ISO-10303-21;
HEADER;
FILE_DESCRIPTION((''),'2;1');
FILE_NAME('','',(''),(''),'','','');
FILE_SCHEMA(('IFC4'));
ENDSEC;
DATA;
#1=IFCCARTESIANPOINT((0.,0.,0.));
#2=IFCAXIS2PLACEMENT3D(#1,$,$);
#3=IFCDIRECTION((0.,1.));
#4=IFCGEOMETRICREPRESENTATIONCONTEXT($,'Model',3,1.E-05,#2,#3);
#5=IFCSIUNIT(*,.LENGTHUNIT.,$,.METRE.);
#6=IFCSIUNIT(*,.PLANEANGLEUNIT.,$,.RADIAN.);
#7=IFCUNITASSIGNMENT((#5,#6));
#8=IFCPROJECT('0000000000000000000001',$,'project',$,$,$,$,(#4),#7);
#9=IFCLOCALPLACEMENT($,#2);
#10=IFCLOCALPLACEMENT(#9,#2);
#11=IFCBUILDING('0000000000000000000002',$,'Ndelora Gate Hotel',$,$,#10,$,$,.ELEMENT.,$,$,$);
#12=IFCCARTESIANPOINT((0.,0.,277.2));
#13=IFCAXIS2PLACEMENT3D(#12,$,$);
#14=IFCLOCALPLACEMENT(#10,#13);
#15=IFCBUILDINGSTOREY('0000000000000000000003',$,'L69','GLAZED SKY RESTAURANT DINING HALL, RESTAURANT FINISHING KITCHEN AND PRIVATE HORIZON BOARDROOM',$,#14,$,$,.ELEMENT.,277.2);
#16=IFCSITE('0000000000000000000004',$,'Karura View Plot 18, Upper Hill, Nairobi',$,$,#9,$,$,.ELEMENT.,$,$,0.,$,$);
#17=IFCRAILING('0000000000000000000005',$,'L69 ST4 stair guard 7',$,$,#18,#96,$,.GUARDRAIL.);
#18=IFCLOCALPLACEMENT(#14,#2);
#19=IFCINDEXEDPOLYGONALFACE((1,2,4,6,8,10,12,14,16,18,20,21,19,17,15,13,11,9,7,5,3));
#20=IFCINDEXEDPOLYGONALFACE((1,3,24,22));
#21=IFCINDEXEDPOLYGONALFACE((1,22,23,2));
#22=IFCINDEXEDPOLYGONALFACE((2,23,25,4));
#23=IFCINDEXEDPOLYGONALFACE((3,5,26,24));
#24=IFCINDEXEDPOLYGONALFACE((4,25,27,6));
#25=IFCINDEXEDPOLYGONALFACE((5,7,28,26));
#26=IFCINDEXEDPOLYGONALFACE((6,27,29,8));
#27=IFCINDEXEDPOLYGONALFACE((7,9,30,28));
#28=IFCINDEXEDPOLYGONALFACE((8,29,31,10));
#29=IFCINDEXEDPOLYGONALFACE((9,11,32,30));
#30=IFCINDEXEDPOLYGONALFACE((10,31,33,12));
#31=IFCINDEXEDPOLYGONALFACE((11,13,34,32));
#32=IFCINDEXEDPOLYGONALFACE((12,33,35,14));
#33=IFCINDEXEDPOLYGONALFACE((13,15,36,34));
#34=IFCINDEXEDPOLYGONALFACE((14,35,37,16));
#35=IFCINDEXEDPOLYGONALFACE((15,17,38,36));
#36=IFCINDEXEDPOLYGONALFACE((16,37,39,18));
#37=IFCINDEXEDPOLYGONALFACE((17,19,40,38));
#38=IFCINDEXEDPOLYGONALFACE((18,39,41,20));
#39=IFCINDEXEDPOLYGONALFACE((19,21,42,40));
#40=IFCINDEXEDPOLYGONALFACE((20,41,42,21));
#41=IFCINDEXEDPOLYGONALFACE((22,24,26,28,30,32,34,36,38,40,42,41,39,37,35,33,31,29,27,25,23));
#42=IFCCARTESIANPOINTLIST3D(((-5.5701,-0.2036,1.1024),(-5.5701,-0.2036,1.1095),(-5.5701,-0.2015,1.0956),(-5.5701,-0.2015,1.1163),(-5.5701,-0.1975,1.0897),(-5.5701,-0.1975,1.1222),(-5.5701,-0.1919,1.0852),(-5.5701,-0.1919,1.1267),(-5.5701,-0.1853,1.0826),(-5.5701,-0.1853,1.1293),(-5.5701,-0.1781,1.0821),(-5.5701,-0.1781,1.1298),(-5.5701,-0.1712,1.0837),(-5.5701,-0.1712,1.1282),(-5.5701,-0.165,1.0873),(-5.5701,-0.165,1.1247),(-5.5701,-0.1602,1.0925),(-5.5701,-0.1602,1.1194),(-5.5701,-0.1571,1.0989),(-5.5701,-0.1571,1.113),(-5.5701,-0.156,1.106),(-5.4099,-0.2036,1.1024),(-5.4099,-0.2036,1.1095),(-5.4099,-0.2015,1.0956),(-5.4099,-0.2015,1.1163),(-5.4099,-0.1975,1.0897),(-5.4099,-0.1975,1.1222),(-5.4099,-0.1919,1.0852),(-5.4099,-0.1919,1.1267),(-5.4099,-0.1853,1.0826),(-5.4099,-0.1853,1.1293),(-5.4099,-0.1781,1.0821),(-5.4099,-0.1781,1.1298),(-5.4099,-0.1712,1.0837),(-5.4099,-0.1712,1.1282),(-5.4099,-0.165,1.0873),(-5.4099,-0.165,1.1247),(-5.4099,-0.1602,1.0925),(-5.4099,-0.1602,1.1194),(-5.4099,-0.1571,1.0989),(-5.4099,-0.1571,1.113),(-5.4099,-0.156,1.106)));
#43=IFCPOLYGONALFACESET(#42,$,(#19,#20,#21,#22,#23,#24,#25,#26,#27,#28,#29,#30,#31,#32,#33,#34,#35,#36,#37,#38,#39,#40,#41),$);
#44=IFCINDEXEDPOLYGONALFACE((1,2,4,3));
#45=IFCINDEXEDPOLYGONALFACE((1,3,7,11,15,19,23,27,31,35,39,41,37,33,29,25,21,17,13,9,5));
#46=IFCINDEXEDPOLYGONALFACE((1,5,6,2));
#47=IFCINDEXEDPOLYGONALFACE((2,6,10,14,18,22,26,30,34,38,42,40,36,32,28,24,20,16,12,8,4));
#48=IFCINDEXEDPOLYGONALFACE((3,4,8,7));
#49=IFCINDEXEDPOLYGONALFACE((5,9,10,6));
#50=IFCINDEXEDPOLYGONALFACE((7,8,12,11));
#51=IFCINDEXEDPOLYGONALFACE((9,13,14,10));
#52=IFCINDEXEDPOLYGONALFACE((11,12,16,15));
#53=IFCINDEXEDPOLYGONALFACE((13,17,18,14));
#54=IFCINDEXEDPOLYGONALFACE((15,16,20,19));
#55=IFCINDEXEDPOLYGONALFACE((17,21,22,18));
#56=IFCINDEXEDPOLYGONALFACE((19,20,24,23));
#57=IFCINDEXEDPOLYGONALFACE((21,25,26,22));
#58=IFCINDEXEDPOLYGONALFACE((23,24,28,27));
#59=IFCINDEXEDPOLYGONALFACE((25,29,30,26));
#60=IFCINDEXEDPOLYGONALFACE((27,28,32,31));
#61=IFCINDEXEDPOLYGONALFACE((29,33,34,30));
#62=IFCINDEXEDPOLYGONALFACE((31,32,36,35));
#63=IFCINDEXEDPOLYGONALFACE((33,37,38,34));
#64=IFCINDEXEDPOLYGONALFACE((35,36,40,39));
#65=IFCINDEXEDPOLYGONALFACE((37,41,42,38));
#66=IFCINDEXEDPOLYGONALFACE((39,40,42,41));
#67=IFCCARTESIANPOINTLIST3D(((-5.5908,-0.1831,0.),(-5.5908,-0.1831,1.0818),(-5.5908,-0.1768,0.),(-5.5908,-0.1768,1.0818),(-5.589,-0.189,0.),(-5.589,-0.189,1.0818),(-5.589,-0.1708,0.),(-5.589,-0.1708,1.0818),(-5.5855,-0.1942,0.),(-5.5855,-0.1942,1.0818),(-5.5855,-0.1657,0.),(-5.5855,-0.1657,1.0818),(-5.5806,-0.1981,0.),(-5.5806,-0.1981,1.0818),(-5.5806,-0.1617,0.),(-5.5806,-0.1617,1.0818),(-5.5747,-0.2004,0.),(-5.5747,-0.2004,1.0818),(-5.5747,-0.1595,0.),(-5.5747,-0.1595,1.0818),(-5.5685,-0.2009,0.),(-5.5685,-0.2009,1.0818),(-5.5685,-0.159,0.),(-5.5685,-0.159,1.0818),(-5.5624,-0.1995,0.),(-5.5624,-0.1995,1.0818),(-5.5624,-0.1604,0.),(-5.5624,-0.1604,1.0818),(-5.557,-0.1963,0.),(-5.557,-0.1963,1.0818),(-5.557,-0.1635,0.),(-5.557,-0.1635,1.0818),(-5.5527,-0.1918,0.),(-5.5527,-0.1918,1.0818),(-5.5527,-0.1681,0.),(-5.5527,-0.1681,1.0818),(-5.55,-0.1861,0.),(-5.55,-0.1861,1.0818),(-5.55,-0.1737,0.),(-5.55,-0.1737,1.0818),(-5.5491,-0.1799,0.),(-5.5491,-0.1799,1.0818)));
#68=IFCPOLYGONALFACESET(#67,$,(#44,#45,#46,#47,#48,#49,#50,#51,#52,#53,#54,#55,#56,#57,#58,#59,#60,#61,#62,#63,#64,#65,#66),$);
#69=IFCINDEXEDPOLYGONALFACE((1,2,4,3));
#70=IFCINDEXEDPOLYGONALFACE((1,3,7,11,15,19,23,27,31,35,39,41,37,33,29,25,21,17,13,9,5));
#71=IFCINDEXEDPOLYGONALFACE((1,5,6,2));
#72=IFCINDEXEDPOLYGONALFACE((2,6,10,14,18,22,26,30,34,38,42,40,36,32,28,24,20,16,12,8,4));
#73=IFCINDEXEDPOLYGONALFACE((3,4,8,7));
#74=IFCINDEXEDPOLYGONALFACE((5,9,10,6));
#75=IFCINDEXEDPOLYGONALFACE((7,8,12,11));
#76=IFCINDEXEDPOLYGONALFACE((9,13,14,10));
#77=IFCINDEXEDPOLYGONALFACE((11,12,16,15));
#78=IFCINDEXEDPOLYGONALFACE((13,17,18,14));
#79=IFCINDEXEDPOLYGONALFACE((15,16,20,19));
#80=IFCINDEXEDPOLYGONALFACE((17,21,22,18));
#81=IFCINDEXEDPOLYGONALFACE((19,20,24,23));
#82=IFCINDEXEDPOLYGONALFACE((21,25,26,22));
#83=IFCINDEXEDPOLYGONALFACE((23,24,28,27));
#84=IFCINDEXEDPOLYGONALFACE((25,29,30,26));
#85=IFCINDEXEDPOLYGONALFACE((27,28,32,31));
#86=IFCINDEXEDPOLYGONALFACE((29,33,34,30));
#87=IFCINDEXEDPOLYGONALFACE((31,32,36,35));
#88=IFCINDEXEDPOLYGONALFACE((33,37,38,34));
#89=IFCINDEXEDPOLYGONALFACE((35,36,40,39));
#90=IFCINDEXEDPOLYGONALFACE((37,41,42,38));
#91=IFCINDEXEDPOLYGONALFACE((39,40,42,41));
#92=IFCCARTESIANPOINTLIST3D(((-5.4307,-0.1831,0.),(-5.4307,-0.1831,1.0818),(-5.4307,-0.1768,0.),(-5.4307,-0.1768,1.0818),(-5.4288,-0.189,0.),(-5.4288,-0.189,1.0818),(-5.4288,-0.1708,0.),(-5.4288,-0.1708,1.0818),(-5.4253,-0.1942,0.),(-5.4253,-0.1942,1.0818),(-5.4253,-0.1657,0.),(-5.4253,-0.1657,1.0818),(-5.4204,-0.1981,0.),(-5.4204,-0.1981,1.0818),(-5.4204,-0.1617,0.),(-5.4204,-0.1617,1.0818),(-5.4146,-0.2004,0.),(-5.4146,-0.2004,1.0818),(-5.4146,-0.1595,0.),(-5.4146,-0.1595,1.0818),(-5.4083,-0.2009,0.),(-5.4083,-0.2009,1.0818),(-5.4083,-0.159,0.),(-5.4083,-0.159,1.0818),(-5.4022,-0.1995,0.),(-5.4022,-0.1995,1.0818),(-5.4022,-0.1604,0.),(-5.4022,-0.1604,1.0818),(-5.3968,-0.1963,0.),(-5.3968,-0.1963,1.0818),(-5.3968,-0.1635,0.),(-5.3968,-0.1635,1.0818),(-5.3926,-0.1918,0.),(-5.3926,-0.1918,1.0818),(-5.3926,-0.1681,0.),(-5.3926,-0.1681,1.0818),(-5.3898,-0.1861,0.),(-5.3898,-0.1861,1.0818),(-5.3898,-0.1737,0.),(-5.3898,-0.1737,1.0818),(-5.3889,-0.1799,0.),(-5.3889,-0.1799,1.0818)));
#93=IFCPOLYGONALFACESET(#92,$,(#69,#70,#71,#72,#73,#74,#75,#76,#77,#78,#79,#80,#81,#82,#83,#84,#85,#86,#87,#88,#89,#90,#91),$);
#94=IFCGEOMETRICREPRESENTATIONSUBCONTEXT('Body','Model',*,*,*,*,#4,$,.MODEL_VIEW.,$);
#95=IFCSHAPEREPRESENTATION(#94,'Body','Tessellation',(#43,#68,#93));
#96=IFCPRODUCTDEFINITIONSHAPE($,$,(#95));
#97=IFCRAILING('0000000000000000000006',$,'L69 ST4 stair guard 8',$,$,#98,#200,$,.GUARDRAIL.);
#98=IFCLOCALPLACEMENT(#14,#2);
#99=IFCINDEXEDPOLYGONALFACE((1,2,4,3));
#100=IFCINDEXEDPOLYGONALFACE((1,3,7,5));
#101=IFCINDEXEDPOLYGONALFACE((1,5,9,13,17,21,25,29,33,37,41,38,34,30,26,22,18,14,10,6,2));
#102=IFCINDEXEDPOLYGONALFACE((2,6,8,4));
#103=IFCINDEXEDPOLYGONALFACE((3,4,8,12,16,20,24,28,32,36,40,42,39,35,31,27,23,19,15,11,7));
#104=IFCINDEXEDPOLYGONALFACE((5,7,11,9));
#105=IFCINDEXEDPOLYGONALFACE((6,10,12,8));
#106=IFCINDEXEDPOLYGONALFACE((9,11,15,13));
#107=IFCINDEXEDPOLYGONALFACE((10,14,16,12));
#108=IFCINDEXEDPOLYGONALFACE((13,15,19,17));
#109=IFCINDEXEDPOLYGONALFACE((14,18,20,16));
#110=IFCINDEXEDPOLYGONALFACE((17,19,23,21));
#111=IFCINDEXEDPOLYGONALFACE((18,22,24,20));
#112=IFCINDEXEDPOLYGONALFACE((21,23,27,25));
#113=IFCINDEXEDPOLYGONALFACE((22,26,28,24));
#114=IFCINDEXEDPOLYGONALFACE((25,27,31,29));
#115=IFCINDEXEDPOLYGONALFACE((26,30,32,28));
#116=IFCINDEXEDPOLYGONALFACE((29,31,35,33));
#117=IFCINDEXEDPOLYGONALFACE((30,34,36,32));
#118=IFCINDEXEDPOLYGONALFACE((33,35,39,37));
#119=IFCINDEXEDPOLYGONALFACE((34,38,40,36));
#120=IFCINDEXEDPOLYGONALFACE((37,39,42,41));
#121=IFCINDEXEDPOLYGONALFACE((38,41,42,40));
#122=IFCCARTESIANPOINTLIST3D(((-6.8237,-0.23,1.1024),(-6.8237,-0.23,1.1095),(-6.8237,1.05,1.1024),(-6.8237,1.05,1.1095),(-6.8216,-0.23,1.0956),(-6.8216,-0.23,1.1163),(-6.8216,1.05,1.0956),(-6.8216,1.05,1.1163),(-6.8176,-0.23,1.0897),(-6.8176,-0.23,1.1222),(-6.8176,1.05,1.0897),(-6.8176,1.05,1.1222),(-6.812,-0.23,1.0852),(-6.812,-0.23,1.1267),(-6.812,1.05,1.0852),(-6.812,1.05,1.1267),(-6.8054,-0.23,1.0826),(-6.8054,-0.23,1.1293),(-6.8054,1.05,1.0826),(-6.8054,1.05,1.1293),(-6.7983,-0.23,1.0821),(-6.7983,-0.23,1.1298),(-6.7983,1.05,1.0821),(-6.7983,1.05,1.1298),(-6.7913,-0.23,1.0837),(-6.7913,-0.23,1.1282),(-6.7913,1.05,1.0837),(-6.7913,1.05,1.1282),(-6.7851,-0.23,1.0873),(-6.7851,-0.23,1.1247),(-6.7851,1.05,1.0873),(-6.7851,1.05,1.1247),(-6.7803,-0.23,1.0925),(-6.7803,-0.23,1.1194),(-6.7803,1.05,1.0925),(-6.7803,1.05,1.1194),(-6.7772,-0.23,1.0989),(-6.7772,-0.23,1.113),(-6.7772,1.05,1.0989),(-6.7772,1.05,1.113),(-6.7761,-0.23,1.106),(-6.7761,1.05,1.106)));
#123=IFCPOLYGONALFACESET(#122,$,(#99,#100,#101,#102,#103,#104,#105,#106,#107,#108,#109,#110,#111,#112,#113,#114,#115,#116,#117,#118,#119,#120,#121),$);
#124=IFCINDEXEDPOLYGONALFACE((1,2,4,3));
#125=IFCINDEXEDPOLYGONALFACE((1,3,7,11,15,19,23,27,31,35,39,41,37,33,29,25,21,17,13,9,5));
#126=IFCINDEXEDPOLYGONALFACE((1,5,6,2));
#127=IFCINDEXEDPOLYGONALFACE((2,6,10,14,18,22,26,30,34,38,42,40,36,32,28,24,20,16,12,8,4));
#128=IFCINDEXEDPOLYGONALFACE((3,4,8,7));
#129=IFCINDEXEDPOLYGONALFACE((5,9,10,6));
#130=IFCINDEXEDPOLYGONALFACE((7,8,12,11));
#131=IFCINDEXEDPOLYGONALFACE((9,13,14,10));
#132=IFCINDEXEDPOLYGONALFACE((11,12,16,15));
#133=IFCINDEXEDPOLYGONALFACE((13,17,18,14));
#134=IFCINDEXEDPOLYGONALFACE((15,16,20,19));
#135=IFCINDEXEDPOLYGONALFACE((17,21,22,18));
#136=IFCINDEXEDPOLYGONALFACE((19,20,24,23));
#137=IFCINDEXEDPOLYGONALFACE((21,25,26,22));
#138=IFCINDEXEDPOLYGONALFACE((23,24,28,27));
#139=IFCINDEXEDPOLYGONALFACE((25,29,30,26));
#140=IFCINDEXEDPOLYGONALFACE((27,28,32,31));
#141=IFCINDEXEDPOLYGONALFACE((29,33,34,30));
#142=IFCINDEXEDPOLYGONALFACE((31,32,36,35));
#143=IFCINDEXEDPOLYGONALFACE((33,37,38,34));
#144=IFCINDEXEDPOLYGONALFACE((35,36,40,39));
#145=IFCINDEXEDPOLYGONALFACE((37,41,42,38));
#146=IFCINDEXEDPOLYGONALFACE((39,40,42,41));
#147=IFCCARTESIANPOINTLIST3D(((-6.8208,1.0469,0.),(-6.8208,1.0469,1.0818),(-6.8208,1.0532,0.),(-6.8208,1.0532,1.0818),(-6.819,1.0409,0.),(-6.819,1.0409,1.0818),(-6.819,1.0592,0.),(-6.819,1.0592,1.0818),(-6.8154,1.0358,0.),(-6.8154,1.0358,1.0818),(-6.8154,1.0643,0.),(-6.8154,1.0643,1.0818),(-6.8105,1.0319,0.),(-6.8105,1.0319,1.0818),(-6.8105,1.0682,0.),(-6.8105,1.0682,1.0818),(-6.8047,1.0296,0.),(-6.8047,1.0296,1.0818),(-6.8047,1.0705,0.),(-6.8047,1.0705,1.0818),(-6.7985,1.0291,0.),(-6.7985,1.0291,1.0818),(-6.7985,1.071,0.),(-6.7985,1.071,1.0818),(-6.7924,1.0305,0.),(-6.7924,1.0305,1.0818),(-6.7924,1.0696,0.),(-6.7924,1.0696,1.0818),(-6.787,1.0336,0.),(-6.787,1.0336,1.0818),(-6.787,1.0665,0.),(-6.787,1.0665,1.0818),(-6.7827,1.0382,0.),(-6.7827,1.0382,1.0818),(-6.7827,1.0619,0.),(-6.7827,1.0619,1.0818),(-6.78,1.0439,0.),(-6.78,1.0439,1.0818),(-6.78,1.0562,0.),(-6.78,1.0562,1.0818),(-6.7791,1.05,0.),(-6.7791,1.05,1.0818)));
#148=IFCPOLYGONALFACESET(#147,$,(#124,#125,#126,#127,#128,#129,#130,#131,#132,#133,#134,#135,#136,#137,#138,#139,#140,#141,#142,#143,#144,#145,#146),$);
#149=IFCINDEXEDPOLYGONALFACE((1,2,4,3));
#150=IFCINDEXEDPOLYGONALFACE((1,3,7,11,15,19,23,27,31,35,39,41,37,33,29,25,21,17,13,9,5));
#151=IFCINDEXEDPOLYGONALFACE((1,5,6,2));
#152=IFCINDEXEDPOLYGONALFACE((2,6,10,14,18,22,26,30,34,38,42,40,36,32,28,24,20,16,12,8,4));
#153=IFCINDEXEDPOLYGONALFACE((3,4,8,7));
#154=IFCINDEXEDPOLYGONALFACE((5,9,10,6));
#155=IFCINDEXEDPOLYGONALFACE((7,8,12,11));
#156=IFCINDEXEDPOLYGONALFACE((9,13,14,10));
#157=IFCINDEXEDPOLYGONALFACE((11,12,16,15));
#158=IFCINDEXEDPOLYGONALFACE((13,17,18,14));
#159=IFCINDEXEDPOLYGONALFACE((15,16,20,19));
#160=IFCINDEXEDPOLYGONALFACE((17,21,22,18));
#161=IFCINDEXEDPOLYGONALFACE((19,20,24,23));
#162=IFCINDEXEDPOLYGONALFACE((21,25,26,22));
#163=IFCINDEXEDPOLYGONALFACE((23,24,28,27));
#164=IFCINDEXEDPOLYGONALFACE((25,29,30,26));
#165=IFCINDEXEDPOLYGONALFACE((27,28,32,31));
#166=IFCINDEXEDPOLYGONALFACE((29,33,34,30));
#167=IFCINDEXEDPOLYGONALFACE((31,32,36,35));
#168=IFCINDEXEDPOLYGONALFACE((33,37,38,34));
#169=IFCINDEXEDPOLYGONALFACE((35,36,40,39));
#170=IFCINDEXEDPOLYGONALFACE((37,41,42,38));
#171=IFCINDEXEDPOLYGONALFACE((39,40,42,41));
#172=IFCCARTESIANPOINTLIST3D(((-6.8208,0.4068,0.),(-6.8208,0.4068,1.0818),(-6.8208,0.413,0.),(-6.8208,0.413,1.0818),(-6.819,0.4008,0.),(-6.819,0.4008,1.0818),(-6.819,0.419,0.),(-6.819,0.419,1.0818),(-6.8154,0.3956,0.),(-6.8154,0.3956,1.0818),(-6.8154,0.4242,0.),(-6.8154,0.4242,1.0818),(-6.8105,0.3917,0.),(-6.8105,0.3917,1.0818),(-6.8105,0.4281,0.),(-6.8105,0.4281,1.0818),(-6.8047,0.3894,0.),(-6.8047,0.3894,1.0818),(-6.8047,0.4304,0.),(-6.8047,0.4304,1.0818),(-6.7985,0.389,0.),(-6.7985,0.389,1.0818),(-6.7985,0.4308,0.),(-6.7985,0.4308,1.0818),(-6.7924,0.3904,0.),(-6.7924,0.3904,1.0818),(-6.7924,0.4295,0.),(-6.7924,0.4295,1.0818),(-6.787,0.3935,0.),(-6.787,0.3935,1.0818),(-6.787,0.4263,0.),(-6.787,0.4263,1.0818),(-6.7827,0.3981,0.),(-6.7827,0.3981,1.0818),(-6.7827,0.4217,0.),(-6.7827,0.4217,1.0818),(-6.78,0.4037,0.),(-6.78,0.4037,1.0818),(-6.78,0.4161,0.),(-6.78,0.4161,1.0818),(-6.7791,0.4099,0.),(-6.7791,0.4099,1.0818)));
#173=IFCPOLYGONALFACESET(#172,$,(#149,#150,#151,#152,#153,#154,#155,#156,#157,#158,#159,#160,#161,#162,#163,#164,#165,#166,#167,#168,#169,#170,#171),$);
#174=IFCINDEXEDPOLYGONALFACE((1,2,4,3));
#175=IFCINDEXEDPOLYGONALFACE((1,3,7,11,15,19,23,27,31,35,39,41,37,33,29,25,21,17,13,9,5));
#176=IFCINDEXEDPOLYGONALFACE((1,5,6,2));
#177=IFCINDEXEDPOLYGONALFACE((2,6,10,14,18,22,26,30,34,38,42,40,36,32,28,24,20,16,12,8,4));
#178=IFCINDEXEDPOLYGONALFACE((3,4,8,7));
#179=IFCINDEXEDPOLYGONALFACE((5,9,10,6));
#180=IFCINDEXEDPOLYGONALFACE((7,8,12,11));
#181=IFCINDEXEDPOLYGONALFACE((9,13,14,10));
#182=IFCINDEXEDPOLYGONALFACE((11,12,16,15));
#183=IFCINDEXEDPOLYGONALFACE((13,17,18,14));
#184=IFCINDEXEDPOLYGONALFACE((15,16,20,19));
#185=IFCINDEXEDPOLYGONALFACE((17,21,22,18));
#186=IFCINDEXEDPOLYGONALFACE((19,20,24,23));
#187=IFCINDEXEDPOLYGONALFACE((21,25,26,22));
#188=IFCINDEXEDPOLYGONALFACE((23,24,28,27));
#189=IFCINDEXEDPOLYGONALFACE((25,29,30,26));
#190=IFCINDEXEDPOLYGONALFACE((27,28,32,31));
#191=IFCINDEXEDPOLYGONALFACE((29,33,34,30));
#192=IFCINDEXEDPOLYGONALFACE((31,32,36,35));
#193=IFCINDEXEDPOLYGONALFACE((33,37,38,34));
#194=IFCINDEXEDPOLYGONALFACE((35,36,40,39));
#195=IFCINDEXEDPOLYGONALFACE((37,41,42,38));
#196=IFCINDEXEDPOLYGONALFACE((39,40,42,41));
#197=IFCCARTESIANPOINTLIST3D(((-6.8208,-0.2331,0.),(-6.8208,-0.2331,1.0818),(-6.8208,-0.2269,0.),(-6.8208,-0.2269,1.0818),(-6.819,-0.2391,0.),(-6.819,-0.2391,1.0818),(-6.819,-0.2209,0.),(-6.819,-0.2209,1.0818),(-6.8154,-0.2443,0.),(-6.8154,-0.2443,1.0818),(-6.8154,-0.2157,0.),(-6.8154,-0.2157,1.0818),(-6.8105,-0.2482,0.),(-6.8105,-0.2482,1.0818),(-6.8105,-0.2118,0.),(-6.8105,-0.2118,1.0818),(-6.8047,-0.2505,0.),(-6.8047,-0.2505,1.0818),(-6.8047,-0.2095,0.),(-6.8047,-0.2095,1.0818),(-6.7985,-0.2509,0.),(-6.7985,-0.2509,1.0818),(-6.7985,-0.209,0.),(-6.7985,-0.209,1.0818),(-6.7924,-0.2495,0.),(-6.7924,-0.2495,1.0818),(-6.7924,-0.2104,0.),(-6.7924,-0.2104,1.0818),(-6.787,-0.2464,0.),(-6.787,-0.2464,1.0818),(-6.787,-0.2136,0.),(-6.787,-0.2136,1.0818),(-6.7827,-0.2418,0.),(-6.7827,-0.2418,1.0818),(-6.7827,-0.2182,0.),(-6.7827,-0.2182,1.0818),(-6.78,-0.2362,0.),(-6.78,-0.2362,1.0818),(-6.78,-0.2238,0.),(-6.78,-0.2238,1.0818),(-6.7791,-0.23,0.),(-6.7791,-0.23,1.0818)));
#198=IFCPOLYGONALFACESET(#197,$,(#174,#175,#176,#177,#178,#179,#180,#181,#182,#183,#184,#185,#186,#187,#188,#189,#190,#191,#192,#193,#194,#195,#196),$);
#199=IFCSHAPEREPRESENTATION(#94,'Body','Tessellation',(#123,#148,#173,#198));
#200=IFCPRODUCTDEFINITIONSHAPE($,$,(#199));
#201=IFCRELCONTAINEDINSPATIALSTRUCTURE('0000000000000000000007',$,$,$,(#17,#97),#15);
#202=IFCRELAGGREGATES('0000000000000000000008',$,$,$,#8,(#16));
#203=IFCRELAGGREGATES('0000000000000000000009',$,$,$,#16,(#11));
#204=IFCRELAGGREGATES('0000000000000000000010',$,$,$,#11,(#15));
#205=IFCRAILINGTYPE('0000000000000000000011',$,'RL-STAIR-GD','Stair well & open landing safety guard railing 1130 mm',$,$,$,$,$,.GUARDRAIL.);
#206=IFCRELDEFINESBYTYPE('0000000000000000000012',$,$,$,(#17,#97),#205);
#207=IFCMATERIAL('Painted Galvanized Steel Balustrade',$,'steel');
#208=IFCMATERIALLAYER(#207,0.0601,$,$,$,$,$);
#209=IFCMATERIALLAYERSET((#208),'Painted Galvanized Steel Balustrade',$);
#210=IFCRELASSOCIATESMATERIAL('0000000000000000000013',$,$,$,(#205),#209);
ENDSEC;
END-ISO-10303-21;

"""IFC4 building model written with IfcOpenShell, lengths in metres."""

from ifc_helpers import new_model, si_unit, direction, frame, origin, origin_2d, place, context, subcontext, project, spatial, circle, extrude, material, layer, layer_set, type_object, element, save


model = new_model("IFC4")

# Units and contexts
model_context = context("Model", 3, precision=1e-05, world=origin(), true_north=direction((0.0, 1.0)))
body_context = subcontext(model_context, "Body", "Model", "MODEL_VIEW")
ifc_project = project(units=[si_unit("LENGTHUNIT", "METRE"), si_unit("PLANEANGLEUNIT", "RADIAN")], contexts=[model_context])

# Site, building, storey
site_placement = place(None, origin())
site = spatial("IfcSite", under=ifc_project, at=site_placement, Name="Karura View Plot 18, Upper Hill, Nairobi", CompositionType="ELEMENT", RefElevation=0.0)
building_placement = place(site_placement, origin())
building = spatial("IfcBuilding", under=site, at=building_placement, Name="Ndelora Gate Hotel", CompositionType="ELEMENT")
storey_placement = place(building_placement, frame((0.0, 0.0, 277.2)))
storey = spatial("IfcBuildingStorey", under=building, at=storey_placement, Name="L69", Description="GLAZED SKY RESTAURANT DINING HALL, RESTAURANT FINISHING KITCHEN AND PRIVATE HORIZON BOARDROOM", CompositionType="ELEMENT", Elevation=277.2)

# Railings
ifc_material_1 = material(Name="Painted Galvanized Steel Balustrade", Category="steel")
ifc_layer_1 = layer(ifc_material_1, 0.0601)
ifc_layer_set_1 = layer_set([ifc_layer_1], Name="Painted Galvanized Steel Balustrade")
railing_type_1 = type_object("IfcRailingType", Name="RL-STAIR-GD", Description="Stair well & open landing safety guard railing 1130 mm", PredefinedType="GUARDRAIL", material=ifc_layer_set_1)
railing_1_placement = place(storey_placement, frame((-5.5701, -0.1799, 0.0)))
element("IfcRailing", 1, at=railing_1_placement, inside=storey, type_object=railing_type_1, Name="L69 ST4 stair guard 7", PredefinedType="GUARDRAIL", context=body_context, shape_type="SweptSolid", body=[
    extrude(circle(Radius=0.0239, at=origin_2d()), frame((0.0, 0.0, 1.106), z_axis=(1.0, 0.0, 0.0), x_axis=(0.0, 1.0, 0.0)), (0.0, 0.0, 1.0), 0.1602),
    extrude(circle(Radius=0.021, at=origin_2d()), origin(), (0.0, 0.0, 1.0), 1.0818),
    extrude(circle(Radius=0.021, at=origin_2d()), frame((0.1602, 0.0, 0.0)), (0.0, 0.0, 1.0), 1.0818),
])
for number, where, name in (
    (2, (-6.8, 1.05, 0.0), "L69 ST4 stair guard 8"),
):
    element("IfcRailing", number, at=place(storey_placement, frame(where)), inside=storey, type_object=railing_type_1, Name=name, PredefinedType="GUARDRAIL", context=body_context, shape_type="SweptSolid", body=[
        extrude(circle(Radius=0.0239, at=origin_2d()), frame((0.0, 0.0, 1.106), z_axis=(0.0, -1.0, 0.0), x_axis=(1.0, 0.0, 0.0)), (0.0, 0.0, 1.0), 1.28),
        extrude(circle(Radius=0.021, at=origin_2d()), origin(), (0.0, 0.0, 1.0), 1.0818),
        extrude(circle(Radius=0.021, at=origin_2d()), frame((0.0, -0.6401, 0.0)), (0.0, 0.0, 1.0), 1.0818),
        extrude(circle(Radius=0.021, at=origin_2d()), frame((0.0, -1.28, 0.0)), (0.0, 0.0, 1.0), 1.0818),
    ])

save(model, "model.ifc")
